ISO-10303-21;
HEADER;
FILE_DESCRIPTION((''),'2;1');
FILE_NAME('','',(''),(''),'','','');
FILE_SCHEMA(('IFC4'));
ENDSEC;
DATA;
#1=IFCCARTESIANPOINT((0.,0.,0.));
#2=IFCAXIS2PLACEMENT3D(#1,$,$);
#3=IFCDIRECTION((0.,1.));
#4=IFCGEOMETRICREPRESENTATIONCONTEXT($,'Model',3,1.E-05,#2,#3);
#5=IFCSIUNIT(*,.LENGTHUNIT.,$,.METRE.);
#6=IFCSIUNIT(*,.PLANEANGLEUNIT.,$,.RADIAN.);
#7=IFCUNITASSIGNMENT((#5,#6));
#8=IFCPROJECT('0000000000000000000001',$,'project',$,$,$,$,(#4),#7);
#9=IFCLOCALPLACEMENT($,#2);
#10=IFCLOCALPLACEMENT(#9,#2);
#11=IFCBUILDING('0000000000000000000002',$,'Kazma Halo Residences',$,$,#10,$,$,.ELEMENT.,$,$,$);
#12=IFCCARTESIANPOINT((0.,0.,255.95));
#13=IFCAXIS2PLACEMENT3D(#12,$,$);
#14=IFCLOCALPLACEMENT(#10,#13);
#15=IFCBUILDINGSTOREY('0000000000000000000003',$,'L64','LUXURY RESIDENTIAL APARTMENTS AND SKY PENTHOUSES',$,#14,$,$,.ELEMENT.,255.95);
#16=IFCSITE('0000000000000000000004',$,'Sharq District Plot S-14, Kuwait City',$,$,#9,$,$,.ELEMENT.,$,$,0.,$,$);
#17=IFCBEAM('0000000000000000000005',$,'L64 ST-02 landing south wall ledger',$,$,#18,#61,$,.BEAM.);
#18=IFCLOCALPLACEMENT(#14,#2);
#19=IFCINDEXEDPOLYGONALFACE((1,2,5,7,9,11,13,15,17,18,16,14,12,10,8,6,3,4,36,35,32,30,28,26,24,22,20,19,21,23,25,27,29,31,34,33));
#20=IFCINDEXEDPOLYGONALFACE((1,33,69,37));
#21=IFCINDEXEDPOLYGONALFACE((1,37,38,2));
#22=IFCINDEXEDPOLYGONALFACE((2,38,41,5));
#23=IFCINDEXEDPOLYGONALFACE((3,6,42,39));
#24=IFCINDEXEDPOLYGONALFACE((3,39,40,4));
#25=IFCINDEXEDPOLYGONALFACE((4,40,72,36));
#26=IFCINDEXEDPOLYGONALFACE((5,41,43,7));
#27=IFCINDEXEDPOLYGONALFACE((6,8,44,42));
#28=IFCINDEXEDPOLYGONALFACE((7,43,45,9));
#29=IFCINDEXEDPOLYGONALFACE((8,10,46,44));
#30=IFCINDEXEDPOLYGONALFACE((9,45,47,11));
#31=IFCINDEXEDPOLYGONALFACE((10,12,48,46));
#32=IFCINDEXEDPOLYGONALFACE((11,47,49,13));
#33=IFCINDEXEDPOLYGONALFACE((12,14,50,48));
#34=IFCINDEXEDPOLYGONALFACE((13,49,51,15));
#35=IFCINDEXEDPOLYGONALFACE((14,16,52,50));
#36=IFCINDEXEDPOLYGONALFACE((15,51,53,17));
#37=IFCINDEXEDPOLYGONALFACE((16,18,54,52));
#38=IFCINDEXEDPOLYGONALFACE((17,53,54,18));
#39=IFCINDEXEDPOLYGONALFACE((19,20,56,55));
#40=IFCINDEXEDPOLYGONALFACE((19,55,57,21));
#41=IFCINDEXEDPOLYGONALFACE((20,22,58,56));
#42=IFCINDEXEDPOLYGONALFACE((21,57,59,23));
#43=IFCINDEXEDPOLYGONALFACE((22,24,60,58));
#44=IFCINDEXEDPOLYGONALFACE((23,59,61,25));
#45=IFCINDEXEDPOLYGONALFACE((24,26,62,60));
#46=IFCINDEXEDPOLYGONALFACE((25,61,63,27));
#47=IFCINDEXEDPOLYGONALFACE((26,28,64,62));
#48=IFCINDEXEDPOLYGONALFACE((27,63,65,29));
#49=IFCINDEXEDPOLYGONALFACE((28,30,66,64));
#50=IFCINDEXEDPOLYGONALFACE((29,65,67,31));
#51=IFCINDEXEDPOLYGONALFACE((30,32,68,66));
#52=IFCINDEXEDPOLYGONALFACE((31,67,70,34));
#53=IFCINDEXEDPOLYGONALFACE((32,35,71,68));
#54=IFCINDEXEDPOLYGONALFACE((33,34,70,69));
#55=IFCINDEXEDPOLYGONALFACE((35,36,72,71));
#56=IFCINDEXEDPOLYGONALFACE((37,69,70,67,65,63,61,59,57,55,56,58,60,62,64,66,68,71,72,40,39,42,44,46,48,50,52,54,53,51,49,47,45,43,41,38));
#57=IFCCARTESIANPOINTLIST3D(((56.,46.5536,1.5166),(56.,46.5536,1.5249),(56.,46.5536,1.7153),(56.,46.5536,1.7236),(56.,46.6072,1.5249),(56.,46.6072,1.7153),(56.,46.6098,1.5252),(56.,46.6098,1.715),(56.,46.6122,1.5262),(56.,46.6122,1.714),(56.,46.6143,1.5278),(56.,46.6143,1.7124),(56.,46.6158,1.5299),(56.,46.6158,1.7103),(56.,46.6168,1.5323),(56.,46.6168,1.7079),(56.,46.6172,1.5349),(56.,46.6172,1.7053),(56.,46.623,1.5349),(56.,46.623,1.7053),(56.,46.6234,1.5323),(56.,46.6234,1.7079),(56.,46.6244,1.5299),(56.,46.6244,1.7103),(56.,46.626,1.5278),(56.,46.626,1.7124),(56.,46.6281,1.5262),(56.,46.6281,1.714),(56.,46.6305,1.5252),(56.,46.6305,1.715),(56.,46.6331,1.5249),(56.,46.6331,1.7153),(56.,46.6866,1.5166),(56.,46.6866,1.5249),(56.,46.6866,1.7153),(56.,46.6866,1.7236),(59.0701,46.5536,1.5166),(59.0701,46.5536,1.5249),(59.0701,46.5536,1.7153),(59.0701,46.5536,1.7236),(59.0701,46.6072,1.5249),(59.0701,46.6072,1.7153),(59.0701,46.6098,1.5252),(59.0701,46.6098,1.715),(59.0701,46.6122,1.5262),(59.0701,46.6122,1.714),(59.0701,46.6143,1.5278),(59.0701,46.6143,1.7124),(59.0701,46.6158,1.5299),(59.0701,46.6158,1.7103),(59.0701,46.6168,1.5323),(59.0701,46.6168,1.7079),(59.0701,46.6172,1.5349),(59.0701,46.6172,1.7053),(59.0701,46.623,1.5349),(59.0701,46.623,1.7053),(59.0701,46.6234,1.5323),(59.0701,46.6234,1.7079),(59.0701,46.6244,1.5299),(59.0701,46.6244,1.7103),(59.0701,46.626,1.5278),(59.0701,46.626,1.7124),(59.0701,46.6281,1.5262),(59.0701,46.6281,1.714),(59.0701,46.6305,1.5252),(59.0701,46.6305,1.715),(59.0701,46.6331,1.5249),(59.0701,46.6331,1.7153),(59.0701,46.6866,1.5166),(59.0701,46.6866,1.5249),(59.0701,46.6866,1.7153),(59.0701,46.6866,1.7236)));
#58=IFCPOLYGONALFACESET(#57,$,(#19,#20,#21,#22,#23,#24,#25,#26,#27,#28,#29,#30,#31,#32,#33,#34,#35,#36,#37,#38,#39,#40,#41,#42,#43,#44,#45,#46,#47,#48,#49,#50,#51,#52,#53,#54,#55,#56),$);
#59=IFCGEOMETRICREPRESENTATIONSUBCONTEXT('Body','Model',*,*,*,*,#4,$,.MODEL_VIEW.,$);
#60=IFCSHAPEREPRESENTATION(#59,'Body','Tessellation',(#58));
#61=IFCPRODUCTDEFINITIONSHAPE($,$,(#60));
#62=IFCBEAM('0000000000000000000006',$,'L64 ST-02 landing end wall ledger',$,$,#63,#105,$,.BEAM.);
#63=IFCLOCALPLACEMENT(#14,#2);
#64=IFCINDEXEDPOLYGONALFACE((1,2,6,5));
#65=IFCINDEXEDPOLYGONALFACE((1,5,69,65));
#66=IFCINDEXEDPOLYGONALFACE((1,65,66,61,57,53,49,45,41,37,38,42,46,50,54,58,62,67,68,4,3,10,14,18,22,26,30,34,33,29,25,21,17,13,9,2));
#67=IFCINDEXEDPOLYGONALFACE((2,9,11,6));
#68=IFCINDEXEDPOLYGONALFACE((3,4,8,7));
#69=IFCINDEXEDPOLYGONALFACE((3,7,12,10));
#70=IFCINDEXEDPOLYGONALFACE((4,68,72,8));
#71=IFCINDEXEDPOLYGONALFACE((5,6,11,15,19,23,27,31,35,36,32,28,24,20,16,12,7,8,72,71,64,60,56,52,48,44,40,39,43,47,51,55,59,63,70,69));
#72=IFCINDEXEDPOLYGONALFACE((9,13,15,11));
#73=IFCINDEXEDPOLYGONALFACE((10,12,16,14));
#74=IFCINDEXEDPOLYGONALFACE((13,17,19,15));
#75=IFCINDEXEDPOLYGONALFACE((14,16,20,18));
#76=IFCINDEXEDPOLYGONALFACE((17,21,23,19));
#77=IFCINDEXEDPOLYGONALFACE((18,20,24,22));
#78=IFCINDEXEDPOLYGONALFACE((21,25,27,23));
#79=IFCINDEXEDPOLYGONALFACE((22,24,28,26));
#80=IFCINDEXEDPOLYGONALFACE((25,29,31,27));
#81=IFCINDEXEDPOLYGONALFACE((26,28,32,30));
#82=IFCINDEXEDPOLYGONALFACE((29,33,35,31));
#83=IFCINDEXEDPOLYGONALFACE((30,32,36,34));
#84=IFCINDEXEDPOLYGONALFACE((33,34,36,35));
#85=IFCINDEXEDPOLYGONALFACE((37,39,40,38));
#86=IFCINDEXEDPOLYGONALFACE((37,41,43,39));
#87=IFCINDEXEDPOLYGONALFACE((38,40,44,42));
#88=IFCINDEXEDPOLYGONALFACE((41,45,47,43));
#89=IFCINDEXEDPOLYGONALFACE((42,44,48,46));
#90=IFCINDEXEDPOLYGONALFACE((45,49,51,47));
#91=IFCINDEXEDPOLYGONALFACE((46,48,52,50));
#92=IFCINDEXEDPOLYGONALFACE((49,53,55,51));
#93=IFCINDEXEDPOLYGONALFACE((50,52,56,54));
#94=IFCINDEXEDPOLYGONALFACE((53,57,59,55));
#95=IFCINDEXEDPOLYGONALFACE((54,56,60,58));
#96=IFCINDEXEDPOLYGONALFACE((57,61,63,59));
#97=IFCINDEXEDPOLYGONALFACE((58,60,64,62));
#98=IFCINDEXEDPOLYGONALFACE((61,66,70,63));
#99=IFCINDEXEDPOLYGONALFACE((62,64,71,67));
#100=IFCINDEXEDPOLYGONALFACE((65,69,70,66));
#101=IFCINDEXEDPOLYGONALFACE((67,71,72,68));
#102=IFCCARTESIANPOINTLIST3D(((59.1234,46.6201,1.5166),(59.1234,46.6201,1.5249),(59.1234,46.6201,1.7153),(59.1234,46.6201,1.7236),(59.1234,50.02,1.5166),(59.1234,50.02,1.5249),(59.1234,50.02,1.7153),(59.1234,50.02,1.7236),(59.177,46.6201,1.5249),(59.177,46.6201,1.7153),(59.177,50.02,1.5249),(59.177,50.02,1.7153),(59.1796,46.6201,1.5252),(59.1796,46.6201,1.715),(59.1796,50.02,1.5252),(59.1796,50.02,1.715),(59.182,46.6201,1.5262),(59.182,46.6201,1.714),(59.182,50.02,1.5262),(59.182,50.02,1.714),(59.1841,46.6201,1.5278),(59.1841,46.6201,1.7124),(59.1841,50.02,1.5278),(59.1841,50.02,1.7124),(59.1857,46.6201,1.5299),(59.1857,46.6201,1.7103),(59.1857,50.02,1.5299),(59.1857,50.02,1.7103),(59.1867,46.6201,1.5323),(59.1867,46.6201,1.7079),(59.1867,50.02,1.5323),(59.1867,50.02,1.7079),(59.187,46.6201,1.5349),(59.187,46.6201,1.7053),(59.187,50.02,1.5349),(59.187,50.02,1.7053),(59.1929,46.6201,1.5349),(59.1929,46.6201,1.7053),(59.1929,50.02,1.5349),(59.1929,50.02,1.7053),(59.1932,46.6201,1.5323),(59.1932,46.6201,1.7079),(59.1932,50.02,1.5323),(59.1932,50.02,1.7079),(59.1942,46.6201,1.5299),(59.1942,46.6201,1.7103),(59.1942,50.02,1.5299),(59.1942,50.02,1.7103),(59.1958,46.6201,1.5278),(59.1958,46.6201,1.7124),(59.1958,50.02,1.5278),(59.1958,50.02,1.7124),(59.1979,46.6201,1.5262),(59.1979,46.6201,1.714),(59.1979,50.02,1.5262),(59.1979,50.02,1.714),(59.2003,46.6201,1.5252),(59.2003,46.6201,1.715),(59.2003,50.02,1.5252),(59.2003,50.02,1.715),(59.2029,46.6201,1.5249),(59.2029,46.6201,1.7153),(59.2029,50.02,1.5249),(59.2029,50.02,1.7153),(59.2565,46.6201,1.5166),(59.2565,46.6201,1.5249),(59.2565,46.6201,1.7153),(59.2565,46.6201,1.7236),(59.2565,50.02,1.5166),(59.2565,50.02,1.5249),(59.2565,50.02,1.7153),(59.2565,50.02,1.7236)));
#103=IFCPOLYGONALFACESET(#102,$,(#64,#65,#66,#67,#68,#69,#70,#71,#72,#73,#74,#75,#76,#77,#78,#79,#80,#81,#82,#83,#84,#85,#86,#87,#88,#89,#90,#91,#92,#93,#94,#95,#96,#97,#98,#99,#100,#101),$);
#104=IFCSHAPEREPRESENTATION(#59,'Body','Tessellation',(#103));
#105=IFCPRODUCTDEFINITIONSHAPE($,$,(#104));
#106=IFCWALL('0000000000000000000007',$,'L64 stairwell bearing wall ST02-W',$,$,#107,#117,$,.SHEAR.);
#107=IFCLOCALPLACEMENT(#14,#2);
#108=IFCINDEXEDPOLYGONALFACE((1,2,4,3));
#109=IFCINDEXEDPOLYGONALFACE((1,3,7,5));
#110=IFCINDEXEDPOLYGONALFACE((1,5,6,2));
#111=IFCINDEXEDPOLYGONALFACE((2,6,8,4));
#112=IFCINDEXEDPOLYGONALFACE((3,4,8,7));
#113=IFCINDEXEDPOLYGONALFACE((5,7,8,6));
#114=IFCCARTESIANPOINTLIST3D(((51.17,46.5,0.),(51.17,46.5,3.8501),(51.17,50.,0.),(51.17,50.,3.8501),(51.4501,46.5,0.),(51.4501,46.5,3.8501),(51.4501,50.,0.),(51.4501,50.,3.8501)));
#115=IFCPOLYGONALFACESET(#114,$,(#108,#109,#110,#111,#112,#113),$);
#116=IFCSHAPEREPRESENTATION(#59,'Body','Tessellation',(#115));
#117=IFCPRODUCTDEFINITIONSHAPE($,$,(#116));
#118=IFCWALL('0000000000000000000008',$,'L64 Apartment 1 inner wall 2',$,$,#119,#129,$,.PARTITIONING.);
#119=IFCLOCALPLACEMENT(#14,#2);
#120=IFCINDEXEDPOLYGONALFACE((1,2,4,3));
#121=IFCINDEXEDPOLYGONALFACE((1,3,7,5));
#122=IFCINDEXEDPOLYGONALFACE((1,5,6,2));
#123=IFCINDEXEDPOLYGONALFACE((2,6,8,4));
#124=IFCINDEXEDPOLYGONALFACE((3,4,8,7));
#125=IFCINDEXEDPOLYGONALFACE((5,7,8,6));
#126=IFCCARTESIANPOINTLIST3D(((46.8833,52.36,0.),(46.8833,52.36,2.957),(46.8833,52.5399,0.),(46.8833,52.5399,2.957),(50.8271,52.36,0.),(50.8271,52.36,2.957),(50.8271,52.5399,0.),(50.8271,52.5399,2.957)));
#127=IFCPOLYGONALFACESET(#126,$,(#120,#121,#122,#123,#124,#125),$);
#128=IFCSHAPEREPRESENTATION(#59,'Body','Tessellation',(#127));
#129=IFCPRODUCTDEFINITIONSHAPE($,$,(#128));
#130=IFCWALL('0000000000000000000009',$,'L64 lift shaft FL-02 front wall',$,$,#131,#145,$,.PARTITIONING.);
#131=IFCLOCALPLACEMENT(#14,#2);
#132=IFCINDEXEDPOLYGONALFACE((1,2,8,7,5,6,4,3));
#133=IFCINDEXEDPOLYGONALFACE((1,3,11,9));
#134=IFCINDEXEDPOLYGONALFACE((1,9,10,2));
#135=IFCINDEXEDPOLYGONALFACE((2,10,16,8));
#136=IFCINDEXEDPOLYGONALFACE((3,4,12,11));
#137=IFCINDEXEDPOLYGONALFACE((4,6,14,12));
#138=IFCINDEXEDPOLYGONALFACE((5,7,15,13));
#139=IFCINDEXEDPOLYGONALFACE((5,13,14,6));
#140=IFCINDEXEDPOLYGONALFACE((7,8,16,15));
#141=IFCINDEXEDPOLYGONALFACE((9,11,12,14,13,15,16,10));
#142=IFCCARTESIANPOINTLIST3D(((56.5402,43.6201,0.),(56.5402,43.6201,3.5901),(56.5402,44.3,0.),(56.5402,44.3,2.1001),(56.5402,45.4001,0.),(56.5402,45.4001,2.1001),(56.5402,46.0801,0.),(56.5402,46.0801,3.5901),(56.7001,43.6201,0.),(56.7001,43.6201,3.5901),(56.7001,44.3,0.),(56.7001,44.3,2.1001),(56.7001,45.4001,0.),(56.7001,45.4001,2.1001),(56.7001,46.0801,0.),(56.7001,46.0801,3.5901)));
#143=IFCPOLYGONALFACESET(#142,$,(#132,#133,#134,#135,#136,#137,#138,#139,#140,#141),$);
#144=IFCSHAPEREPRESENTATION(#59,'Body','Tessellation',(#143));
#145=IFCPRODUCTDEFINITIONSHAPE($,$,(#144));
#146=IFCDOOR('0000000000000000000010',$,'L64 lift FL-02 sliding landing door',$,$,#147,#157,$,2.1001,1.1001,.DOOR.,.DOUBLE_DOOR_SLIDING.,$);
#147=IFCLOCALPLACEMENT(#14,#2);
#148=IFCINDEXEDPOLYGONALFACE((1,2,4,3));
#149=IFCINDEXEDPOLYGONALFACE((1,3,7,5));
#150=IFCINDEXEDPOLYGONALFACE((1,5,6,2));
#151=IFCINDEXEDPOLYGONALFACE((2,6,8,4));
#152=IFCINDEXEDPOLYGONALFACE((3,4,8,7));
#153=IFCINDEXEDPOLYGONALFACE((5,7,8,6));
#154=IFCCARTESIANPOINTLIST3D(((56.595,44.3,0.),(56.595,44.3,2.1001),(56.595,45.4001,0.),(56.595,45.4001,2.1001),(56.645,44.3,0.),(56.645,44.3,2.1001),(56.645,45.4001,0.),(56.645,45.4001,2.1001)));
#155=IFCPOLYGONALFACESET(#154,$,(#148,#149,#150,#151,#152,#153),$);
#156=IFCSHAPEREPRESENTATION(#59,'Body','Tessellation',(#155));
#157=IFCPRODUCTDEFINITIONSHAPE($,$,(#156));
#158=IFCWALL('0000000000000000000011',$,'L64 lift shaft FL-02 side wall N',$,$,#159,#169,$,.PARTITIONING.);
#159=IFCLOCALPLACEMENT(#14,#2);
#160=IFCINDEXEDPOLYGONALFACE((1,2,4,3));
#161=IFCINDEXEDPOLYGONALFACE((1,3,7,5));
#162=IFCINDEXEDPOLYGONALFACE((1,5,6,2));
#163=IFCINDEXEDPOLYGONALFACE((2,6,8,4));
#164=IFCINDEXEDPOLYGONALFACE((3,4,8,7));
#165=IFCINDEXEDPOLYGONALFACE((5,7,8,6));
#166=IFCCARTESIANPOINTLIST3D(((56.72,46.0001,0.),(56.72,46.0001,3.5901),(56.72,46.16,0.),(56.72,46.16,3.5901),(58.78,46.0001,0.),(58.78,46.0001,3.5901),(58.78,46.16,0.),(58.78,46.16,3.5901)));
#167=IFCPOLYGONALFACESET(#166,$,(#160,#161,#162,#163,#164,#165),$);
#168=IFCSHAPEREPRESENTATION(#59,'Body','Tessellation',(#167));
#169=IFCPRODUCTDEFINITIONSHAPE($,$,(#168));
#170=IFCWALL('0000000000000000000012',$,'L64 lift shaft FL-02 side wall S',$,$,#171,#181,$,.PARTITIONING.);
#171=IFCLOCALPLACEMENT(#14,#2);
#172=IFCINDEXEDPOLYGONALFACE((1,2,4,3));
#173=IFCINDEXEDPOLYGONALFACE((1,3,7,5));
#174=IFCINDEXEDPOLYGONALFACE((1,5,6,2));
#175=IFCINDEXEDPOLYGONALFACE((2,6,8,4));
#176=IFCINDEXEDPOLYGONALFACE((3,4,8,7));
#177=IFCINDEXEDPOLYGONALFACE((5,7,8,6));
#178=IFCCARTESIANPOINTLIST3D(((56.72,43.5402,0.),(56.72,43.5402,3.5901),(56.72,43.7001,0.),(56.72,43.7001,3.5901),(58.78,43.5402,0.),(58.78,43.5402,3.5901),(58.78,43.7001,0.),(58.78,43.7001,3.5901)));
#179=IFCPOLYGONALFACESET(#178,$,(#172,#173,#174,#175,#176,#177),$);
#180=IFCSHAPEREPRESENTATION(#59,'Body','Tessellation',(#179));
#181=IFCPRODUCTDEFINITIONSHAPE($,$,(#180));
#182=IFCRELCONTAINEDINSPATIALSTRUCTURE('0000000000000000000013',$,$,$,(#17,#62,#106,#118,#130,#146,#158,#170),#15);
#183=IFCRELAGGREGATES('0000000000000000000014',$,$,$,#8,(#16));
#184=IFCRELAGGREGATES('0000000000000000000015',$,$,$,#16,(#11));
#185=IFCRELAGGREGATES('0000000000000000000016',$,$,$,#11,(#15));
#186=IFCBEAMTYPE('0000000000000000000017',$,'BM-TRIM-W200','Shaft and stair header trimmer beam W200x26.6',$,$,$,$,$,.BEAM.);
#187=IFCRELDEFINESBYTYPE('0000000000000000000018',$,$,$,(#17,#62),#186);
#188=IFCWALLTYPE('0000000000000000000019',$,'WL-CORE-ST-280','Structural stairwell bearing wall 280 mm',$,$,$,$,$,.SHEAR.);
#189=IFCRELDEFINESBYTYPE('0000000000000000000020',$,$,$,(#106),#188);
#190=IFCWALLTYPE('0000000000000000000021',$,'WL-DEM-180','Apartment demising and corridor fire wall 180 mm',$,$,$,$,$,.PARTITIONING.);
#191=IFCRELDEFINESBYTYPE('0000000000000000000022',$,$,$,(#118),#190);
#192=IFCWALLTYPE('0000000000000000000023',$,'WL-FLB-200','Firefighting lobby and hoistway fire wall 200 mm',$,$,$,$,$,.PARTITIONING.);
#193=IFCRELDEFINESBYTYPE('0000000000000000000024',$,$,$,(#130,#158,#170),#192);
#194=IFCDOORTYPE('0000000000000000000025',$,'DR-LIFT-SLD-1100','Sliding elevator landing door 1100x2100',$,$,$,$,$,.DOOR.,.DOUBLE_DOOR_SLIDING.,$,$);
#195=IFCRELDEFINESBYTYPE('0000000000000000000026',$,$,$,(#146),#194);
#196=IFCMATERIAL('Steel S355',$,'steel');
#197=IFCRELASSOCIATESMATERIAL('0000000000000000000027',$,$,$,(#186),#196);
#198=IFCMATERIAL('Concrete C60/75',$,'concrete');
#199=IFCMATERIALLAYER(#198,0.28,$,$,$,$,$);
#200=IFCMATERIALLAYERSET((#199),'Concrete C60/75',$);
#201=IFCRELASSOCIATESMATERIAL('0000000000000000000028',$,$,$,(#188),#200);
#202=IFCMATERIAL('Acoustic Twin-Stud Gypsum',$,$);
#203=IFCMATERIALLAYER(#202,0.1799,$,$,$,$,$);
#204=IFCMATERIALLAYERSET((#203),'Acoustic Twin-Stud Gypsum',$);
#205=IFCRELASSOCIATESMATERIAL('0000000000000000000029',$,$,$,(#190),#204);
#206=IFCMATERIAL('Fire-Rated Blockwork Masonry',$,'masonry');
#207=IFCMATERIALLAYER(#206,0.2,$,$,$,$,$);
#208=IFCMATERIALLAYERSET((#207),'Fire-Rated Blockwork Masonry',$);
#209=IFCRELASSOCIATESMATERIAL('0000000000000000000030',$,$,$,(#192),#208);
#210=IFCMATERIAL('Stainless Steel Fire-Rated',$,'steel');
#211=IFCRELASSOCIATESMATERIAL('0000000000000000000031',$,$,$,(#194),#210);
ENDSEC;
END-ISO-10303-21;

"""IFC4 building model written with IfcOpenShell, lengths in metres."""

from ifc_helpers import new_model, si_unit, direction, frame, frame_2d, origin, origin_2d, place, context, subcontext, project, spatial, rectangle, i_section, extrude, material, layer, layer_set, material_profile, profile_set, type_object, element, fill, save


model = new_model("IFC4")

# Units and contexts
model_context = context("Model", 3, precision=1e-05, world=origin(), true_north=direction((0.0, 1.0)))
body_context = subcontext(model_context, "Body", "Model", "MODEL_VIEW")
ifc_project = project(units=[si_unit("LENGTHUNIT", "METRE"), si_unit("PLANEANGLEUNIT", "RADIAN")], contexts=[model_context])

# Site, building, storey
site_placement = place(None, origin())
site = spatial("IfcSite", under=ifc_project, at=site_placement, Name="Sharq District Plot S-14, Kuwait City", CompositionType="ELEMENT", RefElevation=0.0)
building_placement = place(site_placement, origin())
building = spatial("IfcBuilding", under=site, at=building_placement, Name="Kazma Halo Residences", CompositionType="ELEMENT")
storey_placement = place(building_placement, frame((0.0, 0.0, 255.95)))
storey = spatial("IfcBuildingStorey", under=building, at=storey_placement, Name="L64", Description="LUXURY RESIDENTIAL APARTMENTS AND SKY PENTHOUSES", CompositionType="ELEMENT", Elevation=255.95)

# Shared definitions
ifc_material_1 = material(Name="Steel S355", Category="steel")

# Beams
ifc_material_profile_1 = material_profile(ifc_material_1, i_section(OverallWidth=0.1331, OverallDepth=0.207, WebThickness=0.0059, FlangeThickness=0.0083, FilletRadius=0.01, at=origin_2d()), Name="W200x26.6")
ifc_profile_set_1 = profile_set([ifc_material_profile_1], Name="Steel S355")
beam_type_1 = type_object("IfcBeamType", Name="BM-TRIM-W200", Description="Shaft and stair header trimmer beam W200x26.6", PredefinedType="BEAM", material=ifc_profile_set_1)
beam_1_placement = place(storey_placement, frame((56.0, 46.6201, 1.6201), z_axis=(1.0, 0.0, 0.0), x_axis=(0.0, 1.0, 0.0)))
element("IfcBeam", 1, at=beam_1_placement, inside=storey, type_object=beam_type_1, Name="L64 ST-02 landing south wall ledger", PredefinedType="BEAM", context=body_context, shape_type="SweptSolid", body=[
    extrude(i_section(OverallWidth=0.1331, OverallDepth=0.207, WebThickness=0.0059, FlangeThickness=0.0083, FilletRadius=0.01, at=origin_2d()), origin(), (0.0, 0.0, 1.0), 3.0701),
])
beam_2_placement = place(storey_placement, frame((59.1899, 46.6201, 1.6201), z_axis=(0.0, 1.0, 0.0), x_axis=(-1.0, 0.0, 0.0)))
element("IfcBeam", 2, at=beam_2_placement, inside=storey, type_object=beam_type_1, Name="L64 ST-02 landing end wall ledger", PredefinedType="BEAM", context=body_context, shape_type="SweptSolid", body=[
    extrude(i_section(OverallWidth=0.1331, OverallDepth=0.207, WebThickness=0.0059, FlangeThickness=0.0083, FilletRadius=0.01, at=origin_2d()), origin(), (0.0, 0.0, 1.0), 3.3999),
])

# Walls
ifc_material_2 = material(Name="Concrete C60/75", Category="concrete")
ifc_layer_1 = layer(ifc_material_2, 0.28)
ifc_layer_set_1 = layer_set([ifc_layer_1], Name="Concrete C60/75")
wall_type_1 = type_object("IfcWallType", Name="WL-CORE-ST-280", Description="Structural stairwell bearing wall 280 mm", PredefinedType="SHEAR", material=ifc_layer_set_1)
wall_1_placement = place(storey_placement, frame((51.3101, 46.5, 0.0), z_axis=(0.0, 0.0, 1.0), x_axis=(0.0, 1.0, 0.0)))
element("IfcWall", 3, at=wall_1_placement, inside=storey, type_object=wall_type_1, Name="L64 stairwell bearing wall ST02-W", PredefinedType="SHEAR", context=body_context, shape_type="SweptSolid", body=[
    extrude(rectangle(XDim=3.5, YDim=0.28, at=frame_2d((1.75, 0.0))), origin(), (0.0, 0.0, 1.0), 3.8501),
])
ifc_material_3 = material(Name="Acoustic Twin-Stud Gypsum")
ifc_layer_2 = layer(ifc_material_3, 0.1799)
ifc_layer_set_2 = layer_set([ifc_layer_2], Name="Acoustic Twin-Stud Gypsum")
wall_type_2 = type_object("IfcWallType", Name="WL-DEM-180", Description="Apartment demising and corridor fire wall 180 mm", PredefinedType="PARTITIONING", material=ifc_layer_set_2)
wall_2_placement = place(storey_placement, frame((50.8271, 52.45, 0.0), z_axis=(0.0, 0.0, 1.0), x_axis=(-1.0, 0.0, 0.0)))
element("IfcWall", 4, at=wall_2_placement, inside=storey, type_object=wall_type_2, Name="L64 Apartment 1 inner wall 2", PredefinedType="PARTITIONING", context=body_context, shape_type="SweptSolid", body=[
    extrude(rectangle(XDim=3.9438, YDim=0.1799, at=frame_2d((1.9719, 0.0))), origin(), (0.0, 0.0, 1.0), 2.957),
])

# Wall, opening, door
ifc_material_4 = material(Name="Fire-Rated Blockwork Masonry", Category="masonry")
ifc_layer_3 = layer(ifc_material_4, 0.2)
ifc_layer_set_3 = layer_set([ifc_layer_3], Name="Fire-Rated Blockwork Masonry")
wall_type_3 = type_object("IfcWallType", Name="WL-FLB-200", Description="Firefighting lobby and hoistway fire wall 200 mm", PredefinedType="PARTITIONING", material=ifc_layer_set_3)
wall_3_placement = place(storey_placement, frame((56.6201, 46.0801, 0.0), z_axis=(0.0, 0.0, 1.0), x_axis=(0.0, -1.0, 0.0)))
wall_3 = element("IfcWall", 5, at=wall_3_placement, inside=storey, type_object=wall_type_3, Name="L64 lift shaft FL-02 front wall", PredefinedType="PARTITIONING", context=body_context, shape_type="SweptSolid", body=[
    extrude(rectangle(XDim=2.46, YDim=0.1599, at=frame_2d((1.23, 0.0))), origin(), (0.0, 0.0, 1.0), 3.5901),
])
opening_1_placement = place(wall_3_placement, frame((0.6799, 0.0, 0.0)))
opening_1 = element("IfcOpeningElement", 6, at=opening_1_placement, cuts=wall_3, PredefinedType="OPENING", context=body_context, shape_type="SweptSolid", body=[
    extrude(rectangle(XDim=1.1001, YDim=2.1001, at=frame_2d((0.55, 1.05))), frame((0.0, 0.0898, 0.0), z_axis=(0.0, -1.0, 0.0), x_axis=(1.0, 0.0, 0.0)), (0.0, 0.0, 1.0), 0.1799),
])
ifc_material_5 = material(Name="Stainless Steel Fire-Rated", Category="steel")
door_type_1 = type_object("IfcDoorType", Name="DR-LIFT-SLD-1100", Description="Sliding elevator landing door 1100x2100", OperationType="DOUBLE_DOOR_SLIDING", PredefinedType="DOOR", material=ifc_material_5)
door_1_placement = place(opening_1_placement, origin())
door_1 = element("IfcDoor", 7, at=door_1_placement, inside=storey, type_object=door_type_1, Name="L64 lift FL-02 sliding landing door", OperationType="DOUBLE_DOOR_SLIDING", OverallHeight=2.1001, OverallWidth=1.1001, PredefinedType="DOOR", context=body_context, shape_type="SweptSolid", body=[
    extrude(rectangle(XDim=1.1001, YDim=2.1001, at=frame_2d((0.55, 1.05))), frame((0.0, 0.0249, 0.0), z_axis=(0.0, -1.0, 0.0), x_axis=(1.0, 0.0, 0.0)), (0.0, 0.0, 1.0), 0.05),
])
fill(opening_1, door_1)

# Walls
for number, where, z_axis, x_axis, name in (
    (8, (56.72, 46.0801, 0.0), (0.0, 0.0, 1.0), (1.0, 0.0, 0.0), "L64 lift shaft FL-02 side wall N"),
    (9, (56.72, 43.6201, 0.0), (0.0, 0.0, 1.0), (1.0, 0.0, 0.0), "L64 lift shaft FL-02 side wall S"),
):
    element("IfcWall", number, at=place(storey_placement, frame(where, z_axis=z_axis, x_axis=x_axis)), inside=storey, type_object=wall_type_3, Name=name, PredefinedType="PARTITIONING", context=body_context, shape_type="SweptSolid", body=[
        extrude(rectangle(XDim=2.0601, YDim=0.1599, at=frame_2d((1.03, 0.0))), origin(), (0.0, 0.0, 1.0), 3.5901),
    ])

save(model, "model.ifc")
